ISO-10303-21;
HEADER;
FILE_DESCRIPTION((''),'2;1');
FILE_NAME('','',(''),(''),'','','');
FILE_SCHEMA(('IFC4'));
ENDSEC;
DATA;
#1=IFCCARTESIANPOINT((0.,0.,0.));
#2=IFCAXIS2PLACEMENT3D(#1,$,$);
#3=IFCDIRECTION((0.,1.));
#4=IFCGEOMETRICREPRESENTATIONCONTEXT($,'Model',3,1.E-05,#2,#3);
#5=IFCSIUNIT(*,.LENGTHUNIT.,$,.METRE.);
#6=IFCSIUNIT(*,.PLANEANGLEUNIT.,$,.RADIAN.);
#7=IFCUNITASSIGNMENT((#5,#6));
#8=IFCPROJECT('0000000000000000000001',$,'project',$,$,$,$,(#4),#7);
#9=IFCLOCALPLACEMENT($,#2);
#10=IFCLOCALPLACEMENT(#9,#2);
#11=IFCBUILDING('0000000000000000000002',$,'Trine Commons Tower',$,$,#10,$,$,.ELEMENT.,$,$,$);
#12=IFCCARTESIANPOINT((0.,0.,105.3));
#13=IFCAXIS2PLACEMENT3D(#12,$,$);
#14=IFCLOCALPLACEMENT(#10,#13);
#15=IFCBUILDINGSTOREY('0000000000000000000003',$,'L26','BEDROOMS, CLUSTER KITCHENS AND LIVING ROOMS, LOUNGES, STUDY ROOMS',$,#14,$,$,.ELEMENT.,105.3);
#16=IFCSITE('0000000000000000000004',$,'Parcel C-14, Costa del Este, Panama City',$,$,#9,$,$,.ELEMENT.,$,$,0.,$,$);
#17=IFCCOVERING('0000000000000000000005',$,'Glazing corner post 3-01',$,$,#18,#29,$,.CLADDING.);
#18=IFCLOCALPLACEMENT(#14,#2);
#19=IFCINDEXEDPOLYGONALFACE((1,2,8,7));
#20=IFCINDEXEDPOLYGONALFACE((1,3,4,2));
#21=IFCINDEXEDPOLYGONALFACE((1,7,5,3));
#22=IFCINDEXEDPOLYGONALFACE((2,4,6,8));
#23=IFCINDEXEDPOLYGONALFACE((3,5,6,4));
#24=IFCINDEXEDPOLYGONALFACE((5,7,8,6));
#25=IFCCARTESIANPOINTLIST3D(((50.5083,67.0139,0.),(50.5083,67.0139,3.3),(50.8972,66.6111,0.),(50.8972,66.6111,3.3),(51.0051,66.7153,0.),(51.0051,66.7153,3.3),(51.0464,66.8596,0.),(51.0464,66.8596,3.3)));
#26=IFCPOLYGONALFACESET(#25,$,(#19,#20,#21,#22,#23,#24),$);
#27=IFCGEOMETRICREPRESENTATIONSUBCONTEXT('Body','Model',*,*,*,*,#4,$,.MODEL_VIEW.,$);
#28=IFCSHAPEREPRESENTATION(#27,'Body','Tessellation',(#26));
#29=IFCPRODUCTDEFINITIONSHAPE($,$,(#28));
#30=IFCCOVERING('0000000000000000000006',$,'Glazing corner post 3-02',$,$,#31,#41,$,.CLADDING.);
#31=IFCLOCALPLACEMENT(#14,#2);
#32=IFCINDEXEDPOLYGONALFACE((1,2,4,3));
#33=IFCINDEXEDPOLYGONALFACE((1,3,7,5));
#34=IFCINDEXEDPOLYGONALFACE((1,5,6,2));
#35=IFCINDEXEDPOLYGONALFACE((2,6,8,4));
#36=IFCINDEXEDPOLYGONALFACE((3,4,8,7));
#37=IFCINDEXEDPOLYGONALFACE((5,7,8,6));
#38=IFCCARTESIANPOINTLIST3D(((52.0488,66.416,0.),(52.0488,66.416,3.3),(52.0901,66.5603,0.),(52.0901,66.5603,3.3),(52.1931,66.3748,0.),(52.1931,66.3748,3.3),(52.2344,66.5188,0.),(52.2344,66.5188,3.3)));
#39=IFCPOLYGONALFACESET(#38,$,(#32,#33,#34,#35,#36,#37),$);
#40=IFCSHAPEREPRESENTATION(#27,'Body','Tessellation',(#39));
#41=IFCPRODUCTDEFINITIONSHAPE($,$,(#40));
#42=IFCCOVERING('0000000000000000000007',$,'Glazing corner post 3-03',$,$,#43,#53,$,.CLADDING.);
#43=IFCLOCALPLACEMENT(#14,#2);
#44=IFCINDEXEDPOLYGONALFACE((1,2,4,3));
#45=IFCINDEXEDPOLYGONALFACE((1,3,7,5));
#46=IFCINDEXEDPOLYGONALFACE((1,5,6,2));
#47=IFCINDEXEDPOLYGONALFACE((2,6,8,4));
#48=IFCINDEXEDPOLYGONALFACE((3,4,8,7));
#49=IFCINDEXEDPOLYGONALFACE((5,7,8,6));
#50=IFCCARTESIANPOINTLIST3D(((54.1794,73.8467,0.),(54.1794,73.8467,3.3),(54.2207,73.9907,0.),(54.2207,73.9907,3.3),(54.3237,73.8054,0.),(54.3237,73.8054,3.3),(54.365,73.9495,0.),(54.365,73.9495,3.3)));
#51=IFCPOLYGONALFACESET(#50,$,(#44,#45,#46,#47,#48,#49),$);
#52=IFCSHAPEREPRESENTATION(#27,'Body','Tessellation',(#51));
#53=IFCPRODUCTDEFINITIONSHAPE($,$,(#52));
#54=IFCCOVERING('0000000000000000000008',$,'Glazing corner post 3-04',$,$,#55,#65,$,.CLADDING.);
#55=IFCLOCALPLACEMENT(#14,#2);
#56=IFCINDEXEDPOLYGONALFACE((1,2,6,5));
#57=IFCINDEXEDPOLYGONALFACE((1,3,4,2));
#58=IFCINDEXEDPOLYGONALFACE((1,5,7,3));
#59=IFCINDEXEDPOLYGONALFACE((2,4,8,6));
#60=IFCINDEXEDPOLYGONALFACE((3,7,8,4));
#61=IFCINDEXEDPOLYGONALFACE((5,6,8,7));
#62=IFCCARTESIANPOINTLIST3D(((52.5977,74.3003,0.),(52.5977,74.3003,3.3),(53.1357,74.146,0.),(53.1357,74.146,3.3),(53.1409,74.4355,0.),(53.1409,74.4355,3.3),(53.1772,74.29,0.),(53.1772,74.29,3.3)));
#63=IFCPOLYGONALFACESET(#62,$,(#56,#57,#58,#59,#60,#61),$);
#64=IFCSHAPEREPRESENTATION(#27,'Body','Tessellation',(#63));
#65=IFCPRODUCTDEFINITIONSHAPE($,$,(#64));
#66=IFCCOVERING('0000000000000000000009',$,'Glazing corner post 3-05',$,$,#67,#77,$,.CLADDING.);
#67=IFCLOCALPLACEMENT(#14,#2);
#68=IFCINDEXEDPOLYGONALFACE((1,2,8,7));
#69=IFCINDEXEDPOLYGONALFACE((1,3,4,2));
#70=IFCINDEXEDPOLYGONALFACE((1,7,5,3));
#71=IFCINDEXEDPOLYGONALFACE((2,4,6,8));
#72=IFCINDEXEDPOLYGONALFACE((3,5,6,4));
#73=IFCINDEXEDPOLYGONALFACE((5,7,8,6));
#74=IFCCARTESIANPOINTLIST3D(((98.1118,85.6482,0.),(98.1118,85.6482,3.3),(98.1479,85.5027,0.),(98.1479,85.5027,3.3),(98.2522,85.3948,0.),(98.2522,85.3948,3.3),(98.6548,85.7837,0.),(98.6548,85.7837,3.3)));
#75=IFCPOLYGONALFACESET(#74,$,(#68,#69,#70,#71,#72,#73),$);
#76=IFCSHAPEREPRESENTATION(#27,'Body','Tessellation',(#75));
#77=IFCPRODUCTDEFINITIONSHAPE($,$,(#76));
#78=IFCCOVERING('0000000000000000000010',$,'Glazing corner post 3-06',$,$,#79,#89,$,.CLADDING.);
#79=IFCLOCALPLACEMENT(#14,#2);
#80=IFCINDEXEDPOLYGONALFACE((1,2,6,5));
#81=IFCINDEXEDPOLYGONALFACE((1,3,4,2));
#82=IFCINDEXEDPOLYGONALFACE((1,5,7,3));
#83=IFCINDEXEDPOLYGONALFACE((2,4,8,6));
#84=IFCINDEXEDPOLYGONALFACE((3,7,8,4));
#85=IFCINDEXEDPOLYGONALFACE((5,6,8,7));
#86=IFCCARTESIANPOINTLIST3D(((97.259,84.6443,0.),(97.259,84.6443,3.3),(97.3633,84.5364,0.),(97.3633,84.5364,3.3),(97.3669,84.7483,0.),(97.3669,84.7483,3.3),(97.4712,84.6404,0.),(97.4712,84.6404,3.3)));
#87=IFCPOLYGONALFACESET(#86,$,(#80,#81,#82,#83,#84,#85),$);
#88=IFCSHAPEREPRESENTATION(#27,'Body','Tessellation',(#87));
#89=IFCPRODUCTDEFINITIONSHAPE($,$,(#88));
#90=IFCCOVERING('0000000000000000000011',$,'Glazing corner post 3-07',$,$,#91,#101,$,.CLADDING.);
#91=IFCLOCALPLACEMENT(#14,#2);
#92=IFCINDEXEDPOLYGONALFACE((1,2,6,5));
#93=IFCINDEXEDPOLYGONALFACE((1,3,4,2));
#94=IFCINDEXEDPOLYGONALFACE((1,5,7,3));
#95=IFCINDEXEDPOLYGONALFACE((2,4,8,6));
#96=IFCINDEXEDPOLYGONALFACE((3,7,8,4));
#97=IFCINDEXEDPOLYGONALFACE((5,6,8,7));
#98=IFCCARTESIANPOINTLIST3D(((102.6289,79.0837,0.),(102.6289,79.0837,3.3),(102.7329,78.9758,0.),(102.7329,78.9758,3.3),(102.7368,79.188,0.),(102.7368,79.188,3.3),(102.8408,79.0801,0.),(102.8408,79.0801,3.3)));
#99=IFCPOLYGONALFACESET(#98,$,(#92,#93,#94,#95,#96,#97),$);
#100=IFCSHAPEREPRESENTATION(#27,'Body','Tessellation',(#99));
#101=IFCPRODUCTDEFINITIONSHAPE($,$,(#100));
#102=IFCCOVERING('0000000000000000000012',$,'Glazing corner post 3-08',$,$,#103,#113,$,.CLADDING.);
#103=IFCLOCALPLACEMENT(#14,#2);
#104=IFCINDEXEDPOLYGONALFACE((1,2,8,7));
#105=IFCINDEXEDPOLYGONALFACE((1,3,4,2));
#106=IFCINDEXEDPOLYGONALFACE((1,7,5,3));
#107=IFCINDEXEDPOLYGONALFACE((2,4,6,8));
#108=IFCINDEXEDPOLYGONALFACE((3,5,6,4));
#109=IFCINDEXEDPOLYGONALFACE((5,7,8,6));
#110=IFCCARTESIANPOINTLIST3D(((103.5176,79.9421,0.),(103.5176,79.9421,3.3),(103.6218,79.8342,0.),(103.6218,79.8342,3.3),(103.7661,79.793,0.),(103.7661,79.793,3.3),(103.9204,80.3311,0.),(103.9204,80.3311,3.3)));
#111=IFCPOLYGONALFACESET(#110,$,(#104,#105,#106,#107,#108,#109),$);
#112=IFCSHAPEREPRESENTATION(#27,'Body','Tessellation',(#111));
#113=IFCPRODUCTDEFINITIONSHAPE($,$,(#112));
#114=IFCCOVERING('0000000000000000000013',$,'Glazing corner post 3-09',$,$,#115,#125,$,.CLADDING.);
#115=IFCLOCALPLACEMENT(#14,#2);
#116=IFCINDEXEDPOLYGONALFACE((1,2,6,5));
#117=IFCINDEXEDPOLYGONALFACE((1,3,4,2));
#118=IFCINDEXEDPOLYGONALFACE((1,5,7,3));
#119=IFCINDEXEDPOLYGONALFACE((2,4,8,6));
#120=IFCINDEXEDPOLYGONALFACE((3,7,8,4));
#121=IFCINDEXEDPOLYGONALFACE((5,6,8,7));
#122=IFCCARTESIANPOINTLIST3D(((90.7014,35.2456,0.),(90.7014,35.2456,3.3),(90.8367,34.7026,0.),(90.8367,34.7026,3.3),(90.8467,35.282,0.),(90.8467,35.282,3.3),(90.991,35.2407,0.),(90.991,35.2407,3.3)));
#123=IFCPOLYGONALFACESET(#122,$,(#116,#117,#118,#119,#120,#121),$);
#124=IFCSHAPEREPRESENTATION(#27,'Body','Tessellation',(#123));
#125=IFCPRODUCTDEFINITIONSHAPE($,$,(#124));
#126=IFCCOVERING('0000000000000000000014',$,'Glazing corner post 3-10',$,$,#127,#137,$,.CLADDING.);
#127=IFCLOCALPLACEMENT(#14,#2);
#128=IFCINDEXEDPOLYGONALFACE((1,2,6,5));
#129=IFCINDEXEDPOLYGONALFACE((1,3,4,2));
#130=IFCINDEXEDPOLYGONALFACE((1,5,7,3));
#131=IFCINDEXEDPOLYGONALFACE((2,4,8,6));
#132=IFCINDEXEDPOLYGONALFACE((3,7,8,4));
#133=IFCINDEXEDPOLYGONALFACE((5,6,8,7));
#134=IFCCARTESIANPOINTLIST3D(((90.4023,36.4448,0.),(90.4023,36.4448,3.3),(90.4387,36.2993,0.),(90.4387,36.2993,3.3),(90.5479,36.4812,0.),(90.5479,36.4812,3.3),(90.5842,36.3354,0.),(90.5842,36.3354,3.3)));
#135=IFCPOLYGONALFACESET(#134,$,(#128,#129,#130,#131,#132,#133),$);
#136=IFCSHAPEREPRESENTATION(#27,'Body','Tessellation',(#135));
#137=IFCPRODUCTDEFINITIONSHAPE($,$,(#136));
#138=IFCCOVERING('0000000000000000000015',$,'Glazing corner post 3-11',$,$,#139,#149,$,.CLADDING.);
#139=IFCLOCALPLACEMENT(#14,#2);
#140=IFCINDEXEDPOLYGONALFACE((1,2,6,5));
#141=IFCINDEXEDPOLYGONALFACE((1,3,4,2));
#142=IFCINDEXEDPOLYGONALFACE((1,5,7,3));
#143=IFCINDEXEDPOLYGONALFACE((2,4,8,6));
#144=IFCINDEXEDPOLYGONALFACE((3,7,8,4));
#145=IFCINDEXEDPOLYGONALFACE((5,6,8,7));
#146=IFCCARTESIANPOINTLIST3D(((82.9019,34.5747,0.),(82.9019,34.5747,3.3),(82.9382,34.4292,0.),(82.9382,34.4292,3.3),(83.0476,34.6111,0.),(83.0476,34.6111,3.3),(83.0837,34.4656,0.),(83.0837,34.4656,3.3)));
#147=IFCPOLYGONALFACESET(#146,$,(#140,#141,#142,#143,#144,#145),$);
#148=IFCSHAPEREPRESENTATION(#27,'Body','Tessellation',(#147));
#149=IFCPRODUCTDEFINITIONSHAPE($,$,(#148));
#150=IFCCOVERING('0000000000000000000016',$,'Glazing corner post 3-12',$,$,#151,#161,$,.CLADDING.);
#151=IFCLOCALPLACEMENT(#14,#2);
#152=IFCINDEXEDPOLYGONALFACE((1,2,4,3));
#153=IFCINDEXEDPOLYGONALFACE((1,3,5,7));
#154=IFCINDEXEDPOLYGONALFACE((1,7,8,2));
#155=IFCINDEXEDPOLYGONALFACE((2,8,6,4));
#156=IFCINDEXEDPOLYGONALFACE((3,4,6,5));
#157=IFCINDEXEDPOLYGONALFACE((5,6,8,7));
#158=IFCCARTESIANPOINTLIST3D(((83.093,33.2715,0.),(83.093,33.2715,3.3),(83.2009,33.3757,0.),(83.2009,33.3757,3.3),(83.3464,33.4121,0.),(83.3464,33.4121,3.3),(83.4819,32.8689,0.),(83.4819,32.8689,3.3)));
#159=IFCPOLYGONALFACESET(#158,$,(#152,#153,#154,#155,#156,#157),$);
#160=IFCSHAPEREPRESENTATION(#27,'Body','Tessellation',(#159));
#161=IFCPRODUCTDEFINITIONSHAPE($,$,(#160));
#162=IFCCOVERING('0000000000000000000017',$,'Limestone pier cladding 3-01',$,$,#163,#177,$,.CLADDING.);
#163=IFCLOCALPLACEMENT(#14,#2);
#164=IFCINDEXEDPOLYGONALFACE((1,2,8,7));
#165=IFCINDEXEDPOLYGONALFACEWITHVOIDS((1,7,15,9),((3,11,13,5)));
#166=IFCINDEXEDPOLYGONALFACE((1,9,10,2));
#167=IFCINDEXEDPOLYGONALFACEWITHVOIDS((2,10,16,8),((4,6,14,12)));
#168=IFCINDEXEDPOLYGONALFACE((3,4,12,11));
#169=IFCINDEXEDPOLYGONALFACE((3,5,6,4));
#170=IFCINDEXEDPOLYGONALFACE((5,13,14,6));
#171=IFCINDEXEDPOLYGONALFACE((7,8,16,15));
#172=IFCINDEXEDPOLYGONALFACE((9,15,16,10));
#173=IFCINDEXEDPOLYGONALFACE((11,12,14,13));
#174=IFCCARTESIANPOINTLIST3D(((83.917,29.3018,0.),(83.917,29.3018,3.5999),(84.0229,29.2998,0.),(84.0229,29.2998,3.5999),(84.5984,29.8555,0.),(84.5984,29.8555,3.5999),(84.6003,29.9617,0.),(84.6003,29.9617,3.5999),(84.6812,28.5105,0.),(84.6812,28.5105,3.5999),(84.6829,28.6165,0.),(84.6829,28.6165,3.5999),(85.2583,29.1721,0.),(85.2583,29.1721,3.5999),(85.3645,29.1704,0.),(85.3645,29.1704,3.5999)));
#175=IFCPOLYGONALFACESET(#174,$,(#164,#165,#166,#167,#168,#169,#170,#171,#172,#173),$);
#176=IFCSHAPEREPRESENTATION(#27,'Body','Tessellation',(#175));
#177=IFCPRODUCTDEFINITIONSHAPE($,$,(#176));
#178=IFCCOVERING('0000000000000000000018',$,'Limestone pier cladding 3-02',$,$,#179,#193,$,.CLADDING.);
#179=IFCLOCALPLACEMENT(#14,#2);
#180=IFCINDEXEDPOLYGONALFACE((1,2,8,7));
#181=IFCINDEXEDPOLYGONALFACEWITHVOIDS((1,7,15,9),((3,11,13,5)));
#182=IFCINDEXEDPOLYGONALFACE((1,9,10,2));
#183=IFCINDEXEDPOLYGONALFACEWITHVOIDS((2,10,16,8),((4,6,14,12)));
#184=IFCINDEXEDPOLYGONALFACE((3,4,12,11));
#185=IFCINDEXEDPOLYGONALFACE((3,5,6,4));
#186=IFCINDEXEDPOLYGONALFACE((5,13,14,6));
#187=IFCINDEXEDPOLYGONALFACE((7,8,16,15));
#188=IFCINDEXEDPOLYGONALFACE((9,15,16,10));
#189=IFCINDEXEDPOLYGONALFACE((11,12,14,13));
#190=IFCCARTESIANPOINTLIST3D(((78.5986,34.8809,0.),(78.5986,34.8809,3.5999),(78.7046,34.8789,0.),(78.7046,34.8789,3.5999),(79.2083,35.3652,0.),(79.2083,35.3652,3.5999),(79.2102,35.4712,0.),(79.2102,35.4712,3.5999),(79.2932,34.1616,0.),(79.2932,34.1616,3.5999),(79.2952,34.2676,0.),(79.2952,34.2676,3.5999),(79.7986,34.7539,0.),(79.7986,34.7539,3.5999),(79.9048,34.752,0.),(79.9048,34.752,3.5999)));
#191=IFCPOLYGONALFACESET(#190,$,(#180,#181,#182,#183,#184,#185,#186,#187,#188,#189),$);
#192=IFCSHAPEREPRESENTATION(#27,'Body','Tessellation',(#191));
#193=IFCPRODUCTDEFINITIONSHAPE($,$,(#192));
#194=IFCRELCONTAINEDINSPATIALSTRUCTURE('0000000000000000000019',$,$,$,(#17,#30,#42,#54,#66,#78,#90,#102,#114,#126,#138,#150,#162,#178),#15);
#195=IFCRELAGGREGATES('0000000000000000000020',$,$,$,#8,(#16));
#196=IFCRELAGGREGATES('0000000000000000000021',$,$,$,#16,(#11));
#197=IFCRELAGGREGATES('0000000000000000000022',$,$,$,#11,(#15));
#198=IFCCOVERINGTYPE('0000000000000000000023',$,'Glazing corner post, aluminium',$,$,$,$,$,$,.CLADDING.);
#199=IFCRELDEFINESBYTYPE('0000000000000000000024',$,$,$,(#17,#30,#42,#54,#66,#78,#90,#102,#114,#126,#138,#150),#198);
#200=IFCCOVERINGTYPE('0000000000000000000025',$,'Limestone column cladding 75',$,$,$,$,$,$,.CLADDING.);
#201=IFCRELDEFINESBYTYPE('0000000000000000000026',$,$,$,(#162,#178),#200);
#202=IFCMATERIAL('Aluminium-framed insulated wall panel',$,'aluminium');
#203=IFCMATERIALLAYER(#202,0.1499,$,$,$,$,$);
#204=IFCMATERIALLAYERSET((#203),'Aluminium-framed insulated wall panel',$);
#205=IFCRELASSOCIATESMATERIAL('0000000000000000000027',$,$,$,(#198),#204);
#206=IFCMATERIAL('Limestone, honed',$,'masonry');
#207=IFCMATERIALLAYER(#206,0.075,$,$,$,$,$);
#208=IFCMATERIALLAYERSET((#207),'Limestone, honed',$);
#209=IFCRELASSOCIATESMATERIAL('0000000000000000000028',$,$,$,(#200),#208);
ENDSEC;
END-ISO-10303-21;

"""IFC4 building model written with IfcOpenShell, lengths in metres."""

from ifc_helpers import new_model, si_unit, direction, frame, origin, place, context, subcontext, project, spatial, polyline, outline, extrude, material, layer, layer_set, type_object, element, save


model = new_model("IFC4")

# Units and contexts
model_context = context("Model", 3, precision=1e-05, world=origin(), true_north=direction((0.0, 1.0)))
body_context = subcontext(model_context, "Body", "Model", "MODEL_VIEW")
ifc_project = project(units=[si_unit("LENGTHUNIT", "METRE"), si_unit("PLANEANGLEUNIT", "RADIAN")], contexts=[model_context])

# Site, building, storey
site_placement = place(None, origin())
site = spatial("IfcSite", under=ifc_project, at=site_placement, Name="Parcel C-14, Costa del Este, Panama City", CompositionType="ELEMENT", RefElevation=0.0)
building_placement = place(site_placement, origin())
building = spatial("IfcBuilding", under=site, at=building_placement, Name="Trine Commons Tower", CompositionType="ELEMENT")
storey_placement = place(building_placement, frame((0.0, 0.0, 105.3)))
storey = spatial("IfcBuildingStorey", under=building, at=storey_placement, Name="L26", Description="BEDROOMS, CLUSTER KITCHENS AND LIVING ROOMS, LOUNGES, STUDY ROOMS", CompositionType="ELEMENT", Elevation=105.3)

# Coverings
ifc_material_1 = material(Name="Aluminium-framed insulated wall panel", Category="aluminium")
ifc_layer_1 = layer(ifc_material_1, 0.1499)
ifc_layer_set_1 = layer_set([ifc_layer_1], Name="Aluminium-framed insulated wall panel")
covering_type_1 = type_object("IfcCoveringType", Name="Glazing corner post, aluminium", PredefinedType="CLADDING", material=ifc_layer_set_1)
covering_1_placement = place(storey_placement, origin())
element("IfcCovering", 1, at=covering_1_placement, inside=storey, type_object=covering_type_1, Name="Glazing corner post 3-01", PredefinedType="CLADDING", context=body_context, shape_type="SweptSolid", body=[
    extrude(outline(polyline([(50.8972, 66.6111), (51.0051, 66.7153), (51.0464, 66.8596), (50.5083, 67.0139), (50.8972, 66.6111)])), origin(), (0.0, 0.0, 1.0), 3.3),
])
covering_2_placement = place(storey_placement, origin())
element("IfcCovering", 2, at=covering_2_placement, inside=storey, type_object=covering_type_1, Name="Glazing corner post 3-02", PredefinedType="CLADDING", context=body_context, shape_type="SweptSolid", body=[
    extrude(outline(polyline([(52.0488, 66.416), (52.1931, 66.3748), (52.2344, 66.5188), (52.0901, 66.5603), (52.0488, 66.416)])), origin(), (0.0, 0.0, 1.0), 3.3),
])
covering_3_placement = place(storey_placement, origin())
element("IfcCovering", 3, at=covering_3_placement, inside=storey, type_object=covering_type_1, Name="Glazing corner post 3-03", PredefinedType="CLADDING", context=body_context, shape_type="SweptSolid", body=[
    extrude(outline(polyline([(54.3237, 73.8054), (54.365, 73.9495), (54.2207, 73.9907), (54.1794, 73.8467), (54.3237, 73.8054)])), origin(), (0.0, 0.0, 1.0), 3.3),
])
covering_4_placement = place(storey_placement, origin())
element("IfcCovering", 4, at=covering_4_placement, inside=storey, type_object=covering_type_1, Name="Glazing corner post 3-04", PredefinedType="CLADDING", context=body_context, shape_type="SweptSolid", body=[
    extrude(outline(polyline([(53.1357, 74.146), (53.1772, 74.29), (53.1409, 74.4355), (52.5977, 74.3003), (53.1357, 74.146)])), origin(), (0.0, 0.0, 1.0), 3.3),
])
covering_5_placement = place(storey_placement, origin())
element("IfcCovering", 5, at=covering_5_placement, inside=storey, type_object=covering_type_1, Name="Glazing corner post 3-05", PredefinedType="CLADDING", context=body_context, shape_type="SweptSolid", body=[
    extrude(outline(polyline([(98.2522, 85.3948), (98.6548, 85.7837), (98.1118, 85.6482), (98.1479, 85.5027), (98.2522, 85.3948)])), origin(), (0.0, 0.0, 1.0), 3.3),
])
covering_6_placement = place(storey_placement, origin())
element("IfcCovering", 6, at=covering_6_placement, inside=storey, type_object=covering_type_1, Name="Glazing corner post 3-06", PredefinedType="CLADDING", context=body_context, shape_type="SweptSolid", body=[
    extrude(outline(polyline([(97.3633, 84.5364), (97.4712, 84.6404), (97.4712, 84.6404), (97.3669, 84.7483), (97.259, 84.6443), (97.3633, 84.5364)])), origin(), (0.0, 0.0, 1.0), 3.3),
])
covering_7_placement = place(storey_placement, origin())
element("IfcCovering", 7, at=covering_7_placement, inside=storey, type_object=covering_type_1, Name="Glazing corner post 3-07", PredefinedType="CLADDING", context=body_context, shape_type="SweptSolid", body=[
    extrude(outline(polyline([(102.6289, 79.0837), (102.7329, 78.9758), (102.8408, 79.0801), (102.7368, 79.188), (102.7368, 79.188), (102.6289, 79.0837)])), origin(), (0.0, 0.0, 1.0), 3.3),
])
covering_8_placement = place(storey_placement, origin())
element("IfcCovering", 8, at=covering_8_placement, inside=storey, type_object=covering_type_1, Name="Glazing corner post 3-08", PredefinedType="CLADDING", context=body_context, shape_type="SweptSolid", body=[
    extrude(outline(polyline([(103.7661, 79.793), (103.9204, 80.3311), (103.5176, 79.9421), (103.6218, 79.8342), (103.7661, 79.793)])), origin(), (0.0, 0.0, 1.0), 3.3),
])
covering_9_placement = place(storey_placement, origin())
element("IfcCovering", 9, at=covering_9_placement, inside=storey, type_object=covering_type_1, Name="Glazing corner post 3-09", PredefinedType="CLADDING", context=body_context, shape_type="SweptSolid", body=[
    extrude(outline(polyline([(90.7014, 35.2456), (90.8367, 34.7026), (90.991, 35.2407), (90.8467, 35.282), (90.7014, 35.2456)])), origin(), (0.0, 0.0, 1.0), 3.3),
])
covering_10_placement = place(storey_placement, origin())
element("IfcCovering", 10, at=covering_10_placement, inside=storey, type_object=covering_type_1, Name="Glazing corner post 3-10", PredefinedType="CLADDING", context=body_context, shape_type="SweptSolid", body=[
    extrude(outline(polyline([(90.4023, 36.4448), (90.4387, 36.2993), (90.5842, 36.3354), (90.5479, 36.4812), (90.4023, 36.4448)])), origin(), (0.0, 0.0, 1.0), 3.3),
])
covering_11_placement = place(storey_placement, origin())
element("IfcCovering", 11, at=covering_11_placement, inside=storey, type_object=covering_type_1, Name="Glazing corner post 3-11", PredefinedType="CLADDING", context=body_context, shape_type="SweptSolid", body=[
    extrude(outline(polyline([(82.9382, 34.4292), (83.0837, 34.4656), (83.0476, 34.6111), (82.9019, 34.5747), (82.9382, 34.4292)])), origin(), (0.0, 0.0, 1.0), 3.3),
])
covering_12_placement = place(storey_placement, origin())
element("IfcCovering", 12, at=covering_12_placement, inside=storey, type_object=covering_type_1, Name="Glazing corner post 3-12", PredefinedType="CLADDING", context=body_context, shape_type="SweptSolid", body=[
    extrude(outline(polyline([(83.093, 33.2715), (83.4819, 32.8689), (83.3464, 33.4121), (83.2009, 33.3757), (83.093, 33.2715)])), origin(), (0.0, 0.0, 1.0), 3.3),
])
ifc_material_2 = material(Name="Limestone, honed", Category="masonry")
ifc_layer_2 = layer(ifc_material_2, 0.075)
ifc_layer_set_2 = layer_set([ifc_layer_2], Name="Limestone, honed")
covering_type_2 = type_object("IfcCoveringType", Name="Limestone column cladding 75", PredefinedType="CLADDING", material=ifc_layer_set_2)
covering_13_placement = place(storey_placement, origin())
element("IfcCovering", 13, at=covering_13_placement, inside=storey, type_object=covering_type_2, Name="Limestone pier cladding 3-01", PredefinedType="CLADDING", context=body_context, shape_type="SweptSolid", body=[
    extrude(outline(polyline([(84.6003, 29.9617), (83.917, 29.3018), (84.6812, 28.5105), (85.3645, 29.1704), (84.6003, 29.9617)]), holes=[polyline([(84.5984, 29.8555), (84.0229, 29.2998), (84.6829, 28.6165), (85.2583, 29.1721), (84.5984, 29.8555)])]), origin(), (0.0, 0.0, 1.0), 3.5999),
])
covering_14_placement = place(storey_placement, origin())
element("IfcCovering", 14, at=covering_14_placement, inside=storey, type_object=covering_type_2, Name="Limestone pier cladding 3-02", PredefinedType="CLADDING", context=body_context, shape_type="SweptSolid", body=[
    extrude(outline(polyline([(79.2102, 35.4712), (78.5986, 34.8809), (79.2932, 34.1616), (79.9048, 34.752), (79.2102, 35.4712)]), holes=[polyline([(79.2083, 35.3652), (78.7046, 34.8789), (79.2952, 34.2676), (79.7986, 34.7539), (79.2083, 35.3652)])]), origin(), (0.0, 0.0, 1.0), 3.5999),
])

save(model, "model.ifc")
